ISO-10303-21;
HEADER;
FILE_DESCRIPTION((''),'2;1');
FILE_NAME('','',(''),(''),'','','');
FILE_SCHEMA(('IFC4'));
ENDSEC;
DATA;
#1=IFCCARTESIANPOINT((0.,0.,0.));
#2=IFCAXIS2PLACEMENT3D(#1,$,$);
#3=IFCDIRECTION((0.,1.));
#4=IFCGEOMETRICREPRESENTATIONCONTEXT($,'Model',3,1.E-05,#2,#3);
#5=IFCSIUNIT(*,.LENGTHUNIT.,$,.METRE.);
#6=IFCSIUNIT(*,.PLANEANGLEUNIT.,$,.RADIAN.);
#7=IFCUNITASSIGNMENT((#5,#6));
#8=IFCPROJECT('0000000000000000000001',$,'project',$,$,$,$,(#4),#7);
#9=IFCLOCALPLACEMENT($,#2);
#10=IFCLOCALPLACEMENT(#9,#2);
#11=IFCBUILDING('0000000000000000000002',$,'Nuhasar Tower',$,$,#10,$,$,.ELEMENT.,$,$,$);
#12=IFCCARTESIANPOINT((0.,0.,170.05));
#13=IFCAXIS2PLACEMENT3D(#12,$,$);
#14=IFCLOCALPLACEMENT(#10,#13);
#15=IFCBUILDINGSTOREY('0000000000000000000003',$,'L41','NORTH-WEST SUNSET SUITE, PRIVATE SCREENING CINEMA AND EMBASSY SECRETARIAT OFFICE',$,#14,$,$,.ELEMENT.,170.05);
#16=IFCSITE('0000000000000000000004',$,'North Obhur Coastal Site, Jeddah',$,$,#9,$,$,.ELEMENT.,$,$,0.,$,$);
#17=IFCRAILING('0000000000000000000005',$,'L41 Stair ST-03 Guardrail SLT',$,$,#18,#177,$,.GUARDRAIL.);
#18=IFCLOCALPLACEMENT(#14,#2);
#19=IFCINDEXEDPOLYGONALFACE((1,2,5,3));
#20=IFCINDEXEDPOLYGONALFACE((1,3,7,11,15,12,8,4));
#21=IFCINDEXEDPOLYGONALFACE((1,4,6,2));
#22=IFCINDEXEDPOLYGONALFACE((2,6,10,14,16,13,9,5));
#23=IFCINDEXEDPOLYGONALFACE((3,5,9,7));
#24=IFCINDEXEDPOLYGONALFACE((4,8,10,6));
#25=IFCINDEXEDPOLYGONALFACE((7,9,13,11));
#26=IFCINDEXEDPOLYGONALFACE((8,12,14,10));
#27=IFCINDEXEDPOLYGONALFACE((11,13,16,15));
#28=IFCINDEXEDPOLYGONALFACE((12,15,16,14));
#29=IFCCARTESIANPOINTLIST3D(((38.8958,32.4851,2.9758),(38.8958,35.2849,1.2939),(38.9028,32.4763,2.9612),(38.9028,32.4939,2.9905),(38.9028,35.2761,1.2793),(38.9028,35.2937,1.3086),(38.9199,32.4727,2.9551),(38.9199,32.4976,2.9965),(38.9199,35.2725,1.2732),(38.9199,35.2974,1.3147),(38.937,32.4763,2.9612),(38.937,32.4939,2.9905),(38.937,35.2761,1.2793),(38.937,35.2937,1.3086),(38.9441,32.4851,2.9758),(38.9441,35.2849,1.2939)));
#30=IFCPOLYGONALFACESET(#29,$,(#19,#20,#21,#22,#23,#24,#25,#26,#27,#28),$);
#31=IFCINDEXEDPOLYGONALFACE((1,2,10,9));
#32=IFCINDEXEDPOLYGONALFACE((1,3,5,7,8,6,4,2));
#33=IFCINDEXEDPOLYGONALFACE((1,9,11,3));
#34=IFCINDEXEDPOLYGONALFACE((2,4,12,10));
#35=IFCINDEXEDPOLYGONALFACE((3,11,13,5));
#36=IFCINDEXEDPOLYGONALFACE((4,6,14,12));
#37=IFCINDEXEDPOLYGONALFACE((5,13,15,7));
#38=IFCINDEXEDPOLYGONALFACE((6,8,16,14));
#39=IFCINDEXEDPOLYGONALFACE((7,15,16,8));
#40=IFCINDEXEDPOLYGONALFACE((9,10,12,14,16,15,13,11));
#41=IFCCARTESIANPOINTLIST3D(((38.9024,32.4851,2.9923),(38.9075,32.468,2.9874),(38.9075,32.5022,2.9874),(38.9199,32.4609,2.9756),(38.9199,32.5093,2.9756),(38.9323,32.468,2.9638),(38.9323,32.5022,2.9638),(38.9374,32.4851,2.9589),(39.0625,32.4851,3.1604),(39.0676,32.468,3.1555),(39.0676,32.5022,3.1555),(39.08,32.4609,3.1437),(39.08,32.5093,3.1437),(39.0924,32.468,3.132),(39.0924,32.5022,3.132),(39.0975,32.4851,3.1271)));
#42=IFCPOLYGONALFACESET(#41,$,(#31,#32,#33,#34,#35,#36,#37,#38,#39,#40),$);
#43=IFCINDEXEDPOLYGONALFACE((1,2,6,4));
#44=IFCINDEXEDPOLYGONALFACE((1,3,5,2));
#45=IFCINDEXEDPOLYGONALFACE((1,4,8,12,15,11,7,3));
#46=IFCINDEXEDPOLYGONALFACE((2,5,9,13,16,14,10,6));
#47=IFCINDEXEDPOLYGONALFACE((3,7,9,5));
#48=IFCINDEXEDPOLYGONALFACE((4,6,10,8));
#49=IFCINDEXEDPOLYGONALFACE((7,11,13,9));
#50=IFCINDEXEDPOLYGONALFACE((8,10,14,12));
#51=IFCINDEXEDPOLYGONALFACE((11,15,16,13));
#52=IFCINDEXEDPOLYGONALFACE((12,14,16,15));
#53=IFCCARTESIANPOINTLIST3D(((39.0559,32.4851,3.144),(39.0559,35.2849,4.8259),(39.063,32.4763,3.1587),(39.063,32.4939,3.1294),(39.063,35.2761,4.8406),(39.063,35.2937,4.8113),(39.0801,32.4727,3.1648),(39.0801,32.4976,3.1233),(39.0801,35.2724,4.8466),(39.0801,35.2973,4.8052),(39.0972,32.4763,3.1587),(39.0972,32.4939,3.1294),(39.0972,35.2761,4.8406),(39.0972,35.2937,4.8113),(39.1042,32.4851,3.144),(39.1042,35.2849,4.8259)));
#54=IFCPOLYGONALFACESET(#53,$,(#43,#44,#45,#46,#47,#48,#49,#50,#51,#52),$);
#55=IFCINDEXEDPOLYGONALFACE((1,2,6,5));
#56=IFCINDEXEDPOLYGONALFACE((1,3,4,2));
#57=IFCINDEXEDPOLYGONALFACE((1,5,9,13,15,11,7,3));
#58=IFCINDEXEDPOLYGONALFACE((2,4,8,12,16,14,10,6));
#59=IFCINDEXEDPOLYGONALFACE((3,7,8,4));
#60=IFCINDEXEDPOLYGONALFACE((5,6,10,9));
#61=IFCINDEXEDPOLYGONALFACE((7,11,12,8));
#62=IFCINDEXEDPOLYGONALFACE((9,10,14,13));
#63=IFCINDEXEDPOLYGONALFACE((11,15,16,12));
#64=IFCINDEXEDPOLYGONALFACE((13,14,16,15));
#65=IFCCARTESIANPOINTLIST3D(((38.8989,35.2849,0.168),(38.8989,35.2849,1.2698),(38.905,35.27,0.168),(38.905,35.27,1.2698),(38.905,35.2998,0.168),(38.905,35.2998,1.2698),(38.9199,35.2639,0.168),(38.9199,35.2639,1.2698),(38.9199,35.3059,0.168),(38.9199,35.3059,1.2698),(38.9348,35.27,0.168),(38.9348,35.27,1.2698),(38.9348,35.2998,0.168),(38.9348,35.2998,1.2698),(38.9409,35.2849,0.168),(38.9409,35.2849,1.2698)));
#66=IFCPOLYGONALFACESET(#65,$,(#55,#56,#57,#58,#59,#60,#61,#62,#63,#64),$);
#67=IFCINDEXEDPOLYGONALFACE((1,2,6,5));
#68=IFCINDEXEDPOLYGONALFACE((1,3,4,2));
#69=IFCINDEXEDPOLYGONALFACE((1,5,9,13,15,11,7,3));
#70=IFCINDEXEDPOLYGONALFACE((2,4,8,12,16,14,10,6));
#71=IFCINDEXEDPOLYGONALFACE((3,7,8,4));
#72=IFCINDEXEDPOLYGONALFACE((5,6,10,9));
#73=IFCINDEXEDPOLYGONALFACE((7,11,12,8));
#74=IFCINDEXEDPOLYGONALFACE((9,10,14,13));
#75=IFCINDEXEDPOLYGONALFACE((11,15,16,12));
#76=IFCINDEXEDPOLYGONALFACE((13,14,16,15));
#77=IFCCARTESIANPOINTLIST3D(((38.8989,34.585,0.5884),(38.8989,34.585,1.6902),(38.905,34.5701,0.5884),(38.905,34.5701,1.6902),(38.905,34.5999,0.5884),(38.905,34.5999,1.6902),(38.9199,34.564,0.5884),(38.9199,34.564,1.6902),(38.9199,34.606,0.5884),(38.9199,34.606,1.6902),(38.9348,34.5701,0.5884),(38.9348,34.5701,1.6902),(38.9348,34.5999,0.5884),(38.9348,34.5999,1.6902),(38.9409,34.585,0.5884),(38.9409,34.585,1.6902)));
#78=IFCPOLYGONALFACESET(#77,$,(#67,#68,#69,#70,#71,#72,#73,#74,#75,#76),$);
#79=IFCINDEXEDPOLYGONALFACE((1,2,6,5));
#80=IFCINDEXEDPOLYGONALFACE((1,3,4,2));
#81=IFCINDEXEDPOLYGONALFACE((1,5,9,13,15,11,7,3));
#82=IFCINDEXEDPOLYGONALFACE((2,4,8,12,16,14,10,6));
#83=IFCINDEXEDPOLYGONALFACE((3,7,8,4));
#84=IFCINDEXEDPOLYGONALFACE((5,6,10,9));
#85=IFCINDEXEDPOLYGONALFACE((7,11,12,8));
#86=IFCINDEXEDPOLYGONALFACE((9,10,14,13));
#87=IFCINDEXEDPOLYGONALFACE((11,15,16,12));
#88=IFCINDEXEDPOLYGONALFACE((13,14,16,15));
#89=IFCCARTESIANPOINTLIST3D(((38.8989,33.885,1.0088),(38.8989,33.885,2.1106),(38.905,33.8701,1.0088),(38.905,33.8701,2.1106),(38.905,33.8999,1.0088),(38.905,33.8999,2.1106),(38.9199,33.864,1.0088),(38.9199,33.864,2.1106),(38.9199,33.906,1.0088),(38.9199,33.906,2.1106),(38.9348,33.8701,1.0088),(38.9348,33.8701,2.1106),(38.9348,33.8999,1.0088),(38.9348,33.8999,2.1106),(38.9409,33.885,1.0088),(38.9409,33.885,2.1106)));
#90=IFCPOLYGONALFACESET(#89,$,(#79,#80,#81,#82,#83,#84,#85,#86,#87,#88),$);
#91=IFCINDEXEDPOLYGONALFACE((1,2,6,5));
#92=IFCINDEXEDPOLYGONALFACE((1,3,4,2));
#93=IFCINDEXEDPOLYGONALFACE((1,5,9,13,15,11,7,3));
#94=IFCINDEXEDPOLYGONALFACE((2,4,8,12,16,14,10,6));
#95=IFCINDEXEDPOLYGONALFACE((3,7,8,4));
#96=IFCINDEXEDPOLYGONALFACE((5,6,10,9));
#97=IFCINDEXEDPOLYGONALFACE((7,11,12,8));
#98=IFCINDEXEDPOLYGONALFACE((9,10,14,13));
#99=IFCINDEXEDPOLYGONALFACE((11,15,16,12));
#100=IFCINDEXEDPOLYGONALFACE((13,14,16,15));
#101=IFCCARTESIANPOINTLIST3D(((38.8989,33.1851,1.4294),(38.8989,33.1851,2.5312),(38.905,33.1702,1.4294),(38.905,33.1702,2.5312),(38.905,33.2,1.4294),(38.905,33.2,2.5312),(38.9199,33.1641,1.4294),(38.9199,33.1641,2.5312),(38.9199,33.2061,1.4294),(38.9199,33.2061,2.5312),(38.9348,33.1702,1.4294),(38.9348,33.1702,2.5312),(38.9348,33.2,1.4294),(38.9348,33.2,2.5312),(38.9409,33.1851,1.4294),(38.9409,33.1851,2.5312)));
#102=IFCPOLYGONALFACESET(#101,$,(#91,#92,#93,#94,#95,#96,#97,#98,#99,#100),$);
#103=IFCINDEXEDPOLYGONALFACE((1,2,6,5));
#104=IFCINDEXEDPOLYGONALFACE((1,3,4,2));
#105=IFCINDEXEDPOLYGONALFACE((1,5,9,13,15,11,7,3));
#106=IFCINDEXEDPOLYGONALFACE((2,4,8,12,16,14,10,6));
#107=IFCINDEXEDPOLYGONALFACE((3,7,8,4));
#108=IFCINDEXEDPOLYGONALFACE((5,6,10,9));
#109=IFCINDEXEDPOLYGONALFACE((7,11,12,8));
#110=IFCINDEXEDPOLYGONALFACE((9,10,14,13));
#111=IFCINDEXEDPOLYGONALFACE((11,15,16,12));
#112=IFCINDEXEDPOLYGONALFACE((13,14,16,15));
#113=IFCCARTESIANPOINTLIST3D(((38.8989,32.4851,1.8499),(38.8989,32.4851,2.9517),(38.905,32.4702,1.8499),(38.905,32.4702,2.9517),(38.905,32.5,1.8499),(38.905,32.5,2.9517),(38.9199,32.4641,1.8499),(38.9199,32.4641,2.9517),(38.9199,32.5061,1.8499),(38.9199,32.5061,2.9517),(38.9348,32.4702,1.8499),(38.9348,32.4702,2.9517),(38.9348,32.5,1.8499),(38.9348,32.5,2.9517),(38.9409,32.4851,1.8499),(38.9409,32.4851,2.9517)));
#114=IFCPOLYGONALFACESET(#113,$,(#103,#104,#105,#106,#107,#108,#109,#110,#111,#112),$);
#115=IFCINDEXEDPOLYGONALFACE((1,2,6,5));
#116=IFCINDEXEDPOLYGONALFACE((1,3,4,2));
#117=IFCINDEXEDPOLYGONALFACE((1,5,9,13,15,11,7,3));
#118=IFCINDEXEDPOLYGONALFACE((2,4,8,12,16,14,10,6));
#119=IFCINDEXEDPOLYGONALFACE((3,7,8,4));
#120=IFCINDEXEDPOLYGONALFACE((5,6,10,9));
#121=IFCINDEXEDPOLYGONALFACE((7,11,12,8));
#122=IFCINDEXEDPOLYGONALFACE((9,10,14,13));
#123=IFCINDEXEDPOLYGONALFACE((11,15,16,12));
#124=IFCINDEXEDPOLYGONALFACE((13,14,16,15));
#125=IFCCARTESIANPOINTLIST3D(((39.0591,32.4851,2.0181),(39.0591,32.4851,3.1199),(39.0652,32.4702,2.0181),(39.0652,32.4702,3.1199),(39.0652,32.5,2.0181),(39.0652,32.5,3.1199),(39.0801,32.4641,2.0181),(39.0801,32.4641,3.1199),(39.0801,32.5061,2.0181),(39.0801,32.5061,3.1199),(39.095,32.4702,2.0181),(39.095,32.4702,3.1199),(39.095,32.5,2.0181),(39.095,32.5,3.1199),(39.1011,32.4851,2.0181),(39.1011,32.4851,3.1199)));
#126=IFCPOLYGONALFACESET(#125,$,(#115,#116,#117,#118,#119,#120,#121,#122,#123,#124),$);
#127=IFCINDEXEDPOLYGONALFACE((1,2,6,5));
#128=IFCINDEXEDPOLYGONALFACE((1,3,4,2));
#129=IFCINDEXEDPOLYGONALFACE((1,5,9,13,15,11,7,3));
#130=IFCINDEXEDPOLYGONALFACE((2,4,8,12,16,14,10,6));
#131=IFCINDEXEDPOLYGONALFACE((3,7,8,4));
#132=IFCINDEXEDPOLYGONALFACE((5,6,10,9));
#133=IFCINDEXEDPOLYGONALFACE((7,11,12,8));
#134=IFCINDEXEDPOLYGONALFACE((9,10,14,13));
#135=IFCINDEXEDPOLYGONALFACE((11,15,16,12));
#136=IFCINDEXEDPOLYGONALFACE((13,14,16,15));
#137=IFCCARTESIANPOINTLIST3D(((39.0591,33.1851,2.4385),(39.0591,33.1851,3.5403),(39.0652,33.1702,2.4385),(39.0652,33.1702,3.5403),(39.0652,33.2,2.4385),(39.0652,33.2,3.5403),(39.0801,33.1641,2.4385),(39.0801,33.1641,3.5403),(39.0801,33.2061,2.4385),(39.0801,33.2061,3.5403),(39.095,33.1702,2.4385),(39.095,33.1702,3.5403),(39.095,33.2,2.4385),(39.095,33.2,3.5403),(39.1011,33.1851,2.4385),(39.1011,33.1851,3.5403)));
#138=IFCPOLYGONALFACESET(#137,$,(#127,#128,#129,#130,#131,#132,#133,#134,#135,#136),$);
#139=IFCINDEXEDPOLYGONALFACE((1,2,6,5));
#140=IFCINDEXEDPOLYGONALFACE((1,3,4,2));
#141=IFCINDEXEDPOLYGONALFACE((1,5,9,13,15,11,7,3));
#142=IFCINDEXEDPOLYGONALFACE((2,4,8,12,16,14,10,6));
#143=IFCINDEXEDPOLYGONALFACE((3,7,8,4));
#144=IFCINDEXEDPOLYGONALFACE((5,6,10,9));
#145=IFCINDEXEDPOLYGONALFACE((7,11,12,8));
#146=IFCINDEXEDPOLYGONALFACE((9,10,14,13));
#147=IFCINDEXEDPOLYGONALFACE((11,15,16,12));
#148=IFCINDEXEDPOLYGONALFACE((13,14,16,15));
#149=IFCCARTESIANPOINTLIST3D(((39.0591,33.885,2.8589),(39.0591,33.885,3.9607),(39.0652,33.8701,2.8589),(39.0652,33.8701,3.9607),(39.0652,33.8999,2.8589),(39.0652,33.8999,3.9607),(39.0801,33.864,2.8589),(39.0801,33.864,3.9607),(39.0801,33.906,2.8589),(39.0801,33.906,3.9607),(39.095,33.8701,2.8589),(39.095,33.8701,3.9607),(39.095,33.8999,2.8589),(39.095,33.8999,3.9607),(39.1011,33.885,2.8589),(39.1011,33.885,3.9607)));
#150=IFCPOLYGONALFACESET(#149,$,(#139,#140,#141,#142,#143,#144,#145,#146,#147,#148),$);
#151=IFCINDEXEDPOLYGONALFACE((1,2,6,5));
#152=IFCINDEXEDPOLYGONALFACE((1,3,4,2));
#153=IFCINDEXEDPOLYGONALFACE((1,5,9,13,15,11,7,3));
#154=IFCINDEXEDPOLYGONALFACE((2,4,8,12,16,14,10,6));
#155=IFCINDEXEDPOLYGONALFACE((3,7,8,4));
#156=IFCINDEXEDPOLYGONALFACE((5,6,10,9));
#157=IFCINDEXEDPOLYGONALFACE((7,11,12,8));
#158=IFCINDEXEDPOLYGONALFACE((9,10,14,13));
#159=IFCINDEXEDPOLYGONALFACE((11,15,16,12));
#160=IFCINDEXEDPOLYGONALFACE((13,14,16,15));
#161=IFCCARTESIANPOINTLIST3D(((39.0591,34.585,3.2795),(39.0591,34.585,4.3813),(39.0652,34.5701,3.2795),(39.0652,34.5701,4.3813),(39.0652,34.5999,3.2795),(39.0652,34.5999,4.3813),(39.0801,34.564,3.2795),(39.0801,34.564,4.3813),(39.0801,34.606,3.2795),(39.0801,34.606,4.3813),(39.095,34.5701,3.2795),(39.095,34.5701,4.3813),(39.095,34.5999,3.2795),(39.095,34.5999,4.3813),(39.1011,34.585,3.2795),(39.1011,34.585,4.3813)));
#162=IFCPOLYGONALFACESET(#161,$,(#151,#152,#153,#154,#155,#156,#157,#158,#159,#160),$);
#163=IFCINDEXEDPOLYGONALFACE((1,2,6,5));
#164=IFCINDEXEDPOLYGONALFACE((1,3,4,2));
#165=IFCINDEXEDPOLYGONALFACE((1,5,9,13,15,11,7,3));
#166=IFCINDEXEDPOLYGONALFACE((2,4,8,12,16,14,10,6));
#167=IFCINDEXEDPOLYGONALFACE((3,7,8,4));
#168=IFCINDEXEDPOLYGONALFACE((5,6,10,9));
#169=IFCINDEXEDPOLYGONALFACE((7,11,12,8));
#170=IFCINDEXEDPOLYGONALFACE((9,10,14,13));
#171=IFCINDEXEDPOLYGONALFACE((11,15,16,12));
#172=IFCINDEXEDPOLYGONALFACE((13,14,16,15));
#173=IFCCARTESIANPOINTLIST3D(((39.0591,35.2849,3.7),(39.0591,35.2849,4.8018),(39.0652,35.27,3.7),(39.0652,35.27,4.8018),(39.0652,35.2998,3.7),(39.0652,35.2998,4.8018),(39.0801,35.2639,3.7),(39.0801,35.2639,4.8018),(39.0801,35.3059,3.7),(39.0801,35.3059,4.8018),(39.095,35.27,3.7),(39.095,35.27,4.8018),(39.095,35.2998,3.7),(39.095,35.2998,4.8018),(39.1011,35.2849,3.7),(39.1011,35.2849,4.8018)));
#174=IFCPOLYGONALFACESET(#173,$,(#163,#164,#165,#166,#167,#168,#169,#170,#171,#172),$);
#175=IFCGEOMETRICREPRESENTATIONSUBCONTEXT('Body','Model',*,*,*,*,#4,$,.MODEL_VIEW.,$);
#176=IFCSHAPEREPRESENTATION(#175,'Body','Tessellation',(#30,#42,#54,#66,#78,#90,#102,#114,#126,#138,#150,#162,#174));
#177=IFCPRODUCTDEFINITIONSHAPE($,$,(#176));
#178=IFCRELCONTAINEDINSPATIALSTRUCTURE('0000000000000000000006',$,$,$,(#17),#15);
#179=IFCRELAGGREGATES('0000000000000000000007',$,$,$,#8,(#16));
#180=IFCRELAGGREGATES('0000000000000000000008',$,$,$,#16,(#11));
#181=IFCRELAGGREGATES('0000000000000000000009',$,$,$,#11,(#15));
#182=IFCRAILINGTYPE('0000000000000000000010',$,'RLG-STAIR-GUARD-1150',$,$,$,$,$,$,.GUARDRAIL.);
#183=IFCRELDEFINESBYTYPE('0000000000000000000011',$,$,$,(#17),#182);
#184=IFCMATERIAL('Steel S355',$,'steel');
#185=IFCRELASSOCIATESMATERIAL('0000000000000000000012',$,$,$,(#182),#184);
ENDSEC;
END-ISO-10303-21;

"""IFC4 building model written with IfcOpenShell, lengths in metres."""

from ifc_helpers import new_model, si_unit, direction, frame, origin, place, context, subcontext, project, spatial, polyline, outline, extrude, material, type_object, element, save


model = new_model("IFC4")

# Units and contexts
model_context = context("Model", 3, precision=1e-05, world=origin(), true_north=direction((0.0, 1.0)))
body_context = subcontext(model_context, "Body", "Model", "MODEL_VIEW")
ifc_project = project(units=[si_unit("LENGTHUNIT", "METRE"), si_unit("PLANEANGLEUNIT", "RADIAN")], contexts=[model_context])

# Site, building, storey
site_placement = place(None, origin())
site = spatial("IfcSite", under=ifc_project, at=site_placement, Name="North Obhur Coastal Site, Jeddah", CompositionType="ELEMENT", RefElevation=0.0)
building_placement = place(site_placement, origin())
building = spatial("IfcBuilding", under=site, at=building_placement, Name="Nuhasar Tower", CompositionType="ELEMENT")
storey_placement = place(building_placement, frame((0.0, 0.0, 170.05)))
storey = spatial("IfcBuildingStorey", under=building, at=storey_placement, Name="L41", Description="NORTH-WEST SUNSET SUITE, PRIVATE SCREENING CINEMA AND EMBASSY SECRETARIAT OFFICE", CompositionType="ELEMENT", Elevation=170.05)

# Shared definitions
ifc_material_1 = material(Name="Steel S355", Category="steel")

# Railing
railing_type_1 = type_object("IfcRailingType", Name="RLG-STAIR-GUARD-1150", PredefinedType="GUARDRAIL", material=ifc_material_1)
railing_1_placement = place(storey_placement, frame((38.9199, 35.2849, 0.168)))
element("IfcRailing", 1, at=railing_1_placement, inside=storey, type_object=railing_type_1, Name="L41 Stair ST-03 Guardrail SLT", PredefinedType="GUARDRAIL", context=body_context, shape_type="SweptSolid", body=[
    extrude(outline(polyline([(0.0242, 0.0), (0.0171, 0.0171), (0.0, 0.0242), (-0.0171, 0.0171), (-0.0242, 0.0), (-0.0171, -0.0171), (0.0, -0.0242), (0.0171, -0.0171), (0.0242, 0.0)])), frame((0.0, 0.0, 1.126), z_axis=(0.0, -0.857222, 0.514946), x_axis=(1.0, 0.0, 0.0)), (0.0, 0.0, 1.0), 3.2661),
    extrude(outline(polyline([(0.0242, 0.0), (0.0171, 0.0171), (0.0, 0.0242), (-0.0171, 0.0171), (-0.0242, 0.0), (-0.0171, -0.0171), (0.0, -0.0242), (0.0171, -0.0171), (0.0242, 0.0)])), frame((0.0, -2.7998, 2.8076), z_axis=(0.68955, 0.0, 0.724238), x_axis=(0.0, 1.0, 0.0)), (0.0, 0.0, 1.0), 0.2322),
    extrude(outline(polyline([(0.0242, 0.0), (0.0171, 0.0171), (0.0, 0.0242), (-0.0171, 0.0171), (-0.0242, 0.0), (-0.0171, -0.0171), (0.0, -0.0242), (0.0171, -0.0171), (0.0242, 0.0)])), frame((0.1602, -2.7998, 2.9761), z_axis=(0.0, 0.857222, 0.514946), x_axis=(-1.0, 0.0, 0.0)), (0.0, 0.0, 1.0), 3.2661),
    extrude(outline(polyline([(0.021, 0.0), (0.0149, 0.0149), (0.0, 0.021), (-0.0149, 0.0149), (-0.021, 0.0), (-0.0149, -0.0149), (0.0, -0.021), (0.0149, -0.0149), (0.021, 0.0)])), origin(), (0.0, 0.0, 1.0), 1.1018),
    extrude(outline(polyline([(0.021, 0.0), (0.0149, 0.0149), (0.0, 0.021), (-0.0149, 0.0149), (-0.021, 0.0), (-0.0149, -0.0149), (0.0, -0.021), (0.0149, -0.0149), (0.021, 0.0)])), frame((0.0, -0.7, 0.4204)), (0.0, 0.0, 1.0), 1.1018),
    extrude(outline(polyline([(0.021, 0.0), (0.0149, 0.0149), (0.0, 0.021), (-0.0149, 0.0149), (-0.021, 0.0), (-0.0149, -0.0149), (0.0, -0.021), (0.0149, -0.0149), (0.021, 0.0)])), frame((0.0, -1.3999, 0.8408)), (0.0, 0.0, 1.0), 1.1018),
    extrude(outline(polyline([(0.021, 0.0), (0.0149, 0.0149), (0.0, 0.021), (-0.0149, 0.0149), (-0.021, 0.0), (-0.0149, -0.0149), (0.0, -0.021), (0.0149, -0.0149), (0.021, 0.0)])), frame((0.0, -2.0999, 1.2615)), (0.0, 0.0, 1.0), 1.1018),
    extrude(outline(polyline([(0.021, 0.0), (0.0149, 0.0149), (0.0, 0.021), (-0.0149, 0.0149), (-0.021, 0.0), (-0.0149, -0.0149), (0.0, -0.021), (0.0149, -0.0149), (0.021, 0.0)])), frame((0.0, -2.7998, 1.6819)), (0.0, 0.0, 1.0), 1.1018),
    extrude(outline(polyline([(0.021, 0.0), (0.0149, 0.0149), (0.0, 0.021), (-0.0149, 0.0149), (-0.021, 0.0), (-0.0149, -0.0149), (0.0, -0.021), (0.0149, -0.0149), (0.021, 0.0)])), frame((0.1602, -2.7998, 1.8501)), (0.0, 0.0, 1.0), 1.1018),
    extrude(outline(polyline([(0.021, 0.0), (0.0149, 0.0149), (0.0, 0.021), (-0.0149, 0.0149), (-0.021, 0.0), (-0.0149, -0.0149), (0.0, -0.021), (0.0149, -0.0149), (0.021, 0.0)])), frame((0.1602, -2.0999, 2.2705)), (0.0, 0.0, 1.0), 1.1018),
    extrude(outline(polyline([(0.021, 0.0), (0.0149, 0.0149), (0.0, 0.021), (-0.0149, 0.0149), (-0.021, 0.0), (-0.0149, -0.0149), (0.0, -0.021), (0.0149, -0.0149), (0.021, 0.0)])), frame((0.1602, -1.3999, 2.6909)), (0.0, 0.0, 1.0), 1.1018),
    extrude(outline(polyline([(0.021, 0.0), (0.0149, 0.0149), (0.0, 0.021), (-0.0149, 0.0149), (-0.021, 0.0), (-0.0149, -0.0149), (0.0, -0.021), (0.0149, -0.0149), (0.021, 0.0)])), frame((0.1602, -0.7, 3.1116)), (0.0, 0.0, 1.0), 1.1018),
    extrude(outline(polyline([(0.021, 0.0), (0.0149, 0.0149), (0.0, 0.021), (-0.0149, 0.0149), (-0.021, 0.0), (-0.0149, -0.0149), (0.0, -0.021), (0.0149, -0.0149), (0.021, 0.0)])), frame((0.1602, 0.0, 3.532)), (0.0, 0.0, 1.0), 1.1018),
])

save(model, "model.ifc")
